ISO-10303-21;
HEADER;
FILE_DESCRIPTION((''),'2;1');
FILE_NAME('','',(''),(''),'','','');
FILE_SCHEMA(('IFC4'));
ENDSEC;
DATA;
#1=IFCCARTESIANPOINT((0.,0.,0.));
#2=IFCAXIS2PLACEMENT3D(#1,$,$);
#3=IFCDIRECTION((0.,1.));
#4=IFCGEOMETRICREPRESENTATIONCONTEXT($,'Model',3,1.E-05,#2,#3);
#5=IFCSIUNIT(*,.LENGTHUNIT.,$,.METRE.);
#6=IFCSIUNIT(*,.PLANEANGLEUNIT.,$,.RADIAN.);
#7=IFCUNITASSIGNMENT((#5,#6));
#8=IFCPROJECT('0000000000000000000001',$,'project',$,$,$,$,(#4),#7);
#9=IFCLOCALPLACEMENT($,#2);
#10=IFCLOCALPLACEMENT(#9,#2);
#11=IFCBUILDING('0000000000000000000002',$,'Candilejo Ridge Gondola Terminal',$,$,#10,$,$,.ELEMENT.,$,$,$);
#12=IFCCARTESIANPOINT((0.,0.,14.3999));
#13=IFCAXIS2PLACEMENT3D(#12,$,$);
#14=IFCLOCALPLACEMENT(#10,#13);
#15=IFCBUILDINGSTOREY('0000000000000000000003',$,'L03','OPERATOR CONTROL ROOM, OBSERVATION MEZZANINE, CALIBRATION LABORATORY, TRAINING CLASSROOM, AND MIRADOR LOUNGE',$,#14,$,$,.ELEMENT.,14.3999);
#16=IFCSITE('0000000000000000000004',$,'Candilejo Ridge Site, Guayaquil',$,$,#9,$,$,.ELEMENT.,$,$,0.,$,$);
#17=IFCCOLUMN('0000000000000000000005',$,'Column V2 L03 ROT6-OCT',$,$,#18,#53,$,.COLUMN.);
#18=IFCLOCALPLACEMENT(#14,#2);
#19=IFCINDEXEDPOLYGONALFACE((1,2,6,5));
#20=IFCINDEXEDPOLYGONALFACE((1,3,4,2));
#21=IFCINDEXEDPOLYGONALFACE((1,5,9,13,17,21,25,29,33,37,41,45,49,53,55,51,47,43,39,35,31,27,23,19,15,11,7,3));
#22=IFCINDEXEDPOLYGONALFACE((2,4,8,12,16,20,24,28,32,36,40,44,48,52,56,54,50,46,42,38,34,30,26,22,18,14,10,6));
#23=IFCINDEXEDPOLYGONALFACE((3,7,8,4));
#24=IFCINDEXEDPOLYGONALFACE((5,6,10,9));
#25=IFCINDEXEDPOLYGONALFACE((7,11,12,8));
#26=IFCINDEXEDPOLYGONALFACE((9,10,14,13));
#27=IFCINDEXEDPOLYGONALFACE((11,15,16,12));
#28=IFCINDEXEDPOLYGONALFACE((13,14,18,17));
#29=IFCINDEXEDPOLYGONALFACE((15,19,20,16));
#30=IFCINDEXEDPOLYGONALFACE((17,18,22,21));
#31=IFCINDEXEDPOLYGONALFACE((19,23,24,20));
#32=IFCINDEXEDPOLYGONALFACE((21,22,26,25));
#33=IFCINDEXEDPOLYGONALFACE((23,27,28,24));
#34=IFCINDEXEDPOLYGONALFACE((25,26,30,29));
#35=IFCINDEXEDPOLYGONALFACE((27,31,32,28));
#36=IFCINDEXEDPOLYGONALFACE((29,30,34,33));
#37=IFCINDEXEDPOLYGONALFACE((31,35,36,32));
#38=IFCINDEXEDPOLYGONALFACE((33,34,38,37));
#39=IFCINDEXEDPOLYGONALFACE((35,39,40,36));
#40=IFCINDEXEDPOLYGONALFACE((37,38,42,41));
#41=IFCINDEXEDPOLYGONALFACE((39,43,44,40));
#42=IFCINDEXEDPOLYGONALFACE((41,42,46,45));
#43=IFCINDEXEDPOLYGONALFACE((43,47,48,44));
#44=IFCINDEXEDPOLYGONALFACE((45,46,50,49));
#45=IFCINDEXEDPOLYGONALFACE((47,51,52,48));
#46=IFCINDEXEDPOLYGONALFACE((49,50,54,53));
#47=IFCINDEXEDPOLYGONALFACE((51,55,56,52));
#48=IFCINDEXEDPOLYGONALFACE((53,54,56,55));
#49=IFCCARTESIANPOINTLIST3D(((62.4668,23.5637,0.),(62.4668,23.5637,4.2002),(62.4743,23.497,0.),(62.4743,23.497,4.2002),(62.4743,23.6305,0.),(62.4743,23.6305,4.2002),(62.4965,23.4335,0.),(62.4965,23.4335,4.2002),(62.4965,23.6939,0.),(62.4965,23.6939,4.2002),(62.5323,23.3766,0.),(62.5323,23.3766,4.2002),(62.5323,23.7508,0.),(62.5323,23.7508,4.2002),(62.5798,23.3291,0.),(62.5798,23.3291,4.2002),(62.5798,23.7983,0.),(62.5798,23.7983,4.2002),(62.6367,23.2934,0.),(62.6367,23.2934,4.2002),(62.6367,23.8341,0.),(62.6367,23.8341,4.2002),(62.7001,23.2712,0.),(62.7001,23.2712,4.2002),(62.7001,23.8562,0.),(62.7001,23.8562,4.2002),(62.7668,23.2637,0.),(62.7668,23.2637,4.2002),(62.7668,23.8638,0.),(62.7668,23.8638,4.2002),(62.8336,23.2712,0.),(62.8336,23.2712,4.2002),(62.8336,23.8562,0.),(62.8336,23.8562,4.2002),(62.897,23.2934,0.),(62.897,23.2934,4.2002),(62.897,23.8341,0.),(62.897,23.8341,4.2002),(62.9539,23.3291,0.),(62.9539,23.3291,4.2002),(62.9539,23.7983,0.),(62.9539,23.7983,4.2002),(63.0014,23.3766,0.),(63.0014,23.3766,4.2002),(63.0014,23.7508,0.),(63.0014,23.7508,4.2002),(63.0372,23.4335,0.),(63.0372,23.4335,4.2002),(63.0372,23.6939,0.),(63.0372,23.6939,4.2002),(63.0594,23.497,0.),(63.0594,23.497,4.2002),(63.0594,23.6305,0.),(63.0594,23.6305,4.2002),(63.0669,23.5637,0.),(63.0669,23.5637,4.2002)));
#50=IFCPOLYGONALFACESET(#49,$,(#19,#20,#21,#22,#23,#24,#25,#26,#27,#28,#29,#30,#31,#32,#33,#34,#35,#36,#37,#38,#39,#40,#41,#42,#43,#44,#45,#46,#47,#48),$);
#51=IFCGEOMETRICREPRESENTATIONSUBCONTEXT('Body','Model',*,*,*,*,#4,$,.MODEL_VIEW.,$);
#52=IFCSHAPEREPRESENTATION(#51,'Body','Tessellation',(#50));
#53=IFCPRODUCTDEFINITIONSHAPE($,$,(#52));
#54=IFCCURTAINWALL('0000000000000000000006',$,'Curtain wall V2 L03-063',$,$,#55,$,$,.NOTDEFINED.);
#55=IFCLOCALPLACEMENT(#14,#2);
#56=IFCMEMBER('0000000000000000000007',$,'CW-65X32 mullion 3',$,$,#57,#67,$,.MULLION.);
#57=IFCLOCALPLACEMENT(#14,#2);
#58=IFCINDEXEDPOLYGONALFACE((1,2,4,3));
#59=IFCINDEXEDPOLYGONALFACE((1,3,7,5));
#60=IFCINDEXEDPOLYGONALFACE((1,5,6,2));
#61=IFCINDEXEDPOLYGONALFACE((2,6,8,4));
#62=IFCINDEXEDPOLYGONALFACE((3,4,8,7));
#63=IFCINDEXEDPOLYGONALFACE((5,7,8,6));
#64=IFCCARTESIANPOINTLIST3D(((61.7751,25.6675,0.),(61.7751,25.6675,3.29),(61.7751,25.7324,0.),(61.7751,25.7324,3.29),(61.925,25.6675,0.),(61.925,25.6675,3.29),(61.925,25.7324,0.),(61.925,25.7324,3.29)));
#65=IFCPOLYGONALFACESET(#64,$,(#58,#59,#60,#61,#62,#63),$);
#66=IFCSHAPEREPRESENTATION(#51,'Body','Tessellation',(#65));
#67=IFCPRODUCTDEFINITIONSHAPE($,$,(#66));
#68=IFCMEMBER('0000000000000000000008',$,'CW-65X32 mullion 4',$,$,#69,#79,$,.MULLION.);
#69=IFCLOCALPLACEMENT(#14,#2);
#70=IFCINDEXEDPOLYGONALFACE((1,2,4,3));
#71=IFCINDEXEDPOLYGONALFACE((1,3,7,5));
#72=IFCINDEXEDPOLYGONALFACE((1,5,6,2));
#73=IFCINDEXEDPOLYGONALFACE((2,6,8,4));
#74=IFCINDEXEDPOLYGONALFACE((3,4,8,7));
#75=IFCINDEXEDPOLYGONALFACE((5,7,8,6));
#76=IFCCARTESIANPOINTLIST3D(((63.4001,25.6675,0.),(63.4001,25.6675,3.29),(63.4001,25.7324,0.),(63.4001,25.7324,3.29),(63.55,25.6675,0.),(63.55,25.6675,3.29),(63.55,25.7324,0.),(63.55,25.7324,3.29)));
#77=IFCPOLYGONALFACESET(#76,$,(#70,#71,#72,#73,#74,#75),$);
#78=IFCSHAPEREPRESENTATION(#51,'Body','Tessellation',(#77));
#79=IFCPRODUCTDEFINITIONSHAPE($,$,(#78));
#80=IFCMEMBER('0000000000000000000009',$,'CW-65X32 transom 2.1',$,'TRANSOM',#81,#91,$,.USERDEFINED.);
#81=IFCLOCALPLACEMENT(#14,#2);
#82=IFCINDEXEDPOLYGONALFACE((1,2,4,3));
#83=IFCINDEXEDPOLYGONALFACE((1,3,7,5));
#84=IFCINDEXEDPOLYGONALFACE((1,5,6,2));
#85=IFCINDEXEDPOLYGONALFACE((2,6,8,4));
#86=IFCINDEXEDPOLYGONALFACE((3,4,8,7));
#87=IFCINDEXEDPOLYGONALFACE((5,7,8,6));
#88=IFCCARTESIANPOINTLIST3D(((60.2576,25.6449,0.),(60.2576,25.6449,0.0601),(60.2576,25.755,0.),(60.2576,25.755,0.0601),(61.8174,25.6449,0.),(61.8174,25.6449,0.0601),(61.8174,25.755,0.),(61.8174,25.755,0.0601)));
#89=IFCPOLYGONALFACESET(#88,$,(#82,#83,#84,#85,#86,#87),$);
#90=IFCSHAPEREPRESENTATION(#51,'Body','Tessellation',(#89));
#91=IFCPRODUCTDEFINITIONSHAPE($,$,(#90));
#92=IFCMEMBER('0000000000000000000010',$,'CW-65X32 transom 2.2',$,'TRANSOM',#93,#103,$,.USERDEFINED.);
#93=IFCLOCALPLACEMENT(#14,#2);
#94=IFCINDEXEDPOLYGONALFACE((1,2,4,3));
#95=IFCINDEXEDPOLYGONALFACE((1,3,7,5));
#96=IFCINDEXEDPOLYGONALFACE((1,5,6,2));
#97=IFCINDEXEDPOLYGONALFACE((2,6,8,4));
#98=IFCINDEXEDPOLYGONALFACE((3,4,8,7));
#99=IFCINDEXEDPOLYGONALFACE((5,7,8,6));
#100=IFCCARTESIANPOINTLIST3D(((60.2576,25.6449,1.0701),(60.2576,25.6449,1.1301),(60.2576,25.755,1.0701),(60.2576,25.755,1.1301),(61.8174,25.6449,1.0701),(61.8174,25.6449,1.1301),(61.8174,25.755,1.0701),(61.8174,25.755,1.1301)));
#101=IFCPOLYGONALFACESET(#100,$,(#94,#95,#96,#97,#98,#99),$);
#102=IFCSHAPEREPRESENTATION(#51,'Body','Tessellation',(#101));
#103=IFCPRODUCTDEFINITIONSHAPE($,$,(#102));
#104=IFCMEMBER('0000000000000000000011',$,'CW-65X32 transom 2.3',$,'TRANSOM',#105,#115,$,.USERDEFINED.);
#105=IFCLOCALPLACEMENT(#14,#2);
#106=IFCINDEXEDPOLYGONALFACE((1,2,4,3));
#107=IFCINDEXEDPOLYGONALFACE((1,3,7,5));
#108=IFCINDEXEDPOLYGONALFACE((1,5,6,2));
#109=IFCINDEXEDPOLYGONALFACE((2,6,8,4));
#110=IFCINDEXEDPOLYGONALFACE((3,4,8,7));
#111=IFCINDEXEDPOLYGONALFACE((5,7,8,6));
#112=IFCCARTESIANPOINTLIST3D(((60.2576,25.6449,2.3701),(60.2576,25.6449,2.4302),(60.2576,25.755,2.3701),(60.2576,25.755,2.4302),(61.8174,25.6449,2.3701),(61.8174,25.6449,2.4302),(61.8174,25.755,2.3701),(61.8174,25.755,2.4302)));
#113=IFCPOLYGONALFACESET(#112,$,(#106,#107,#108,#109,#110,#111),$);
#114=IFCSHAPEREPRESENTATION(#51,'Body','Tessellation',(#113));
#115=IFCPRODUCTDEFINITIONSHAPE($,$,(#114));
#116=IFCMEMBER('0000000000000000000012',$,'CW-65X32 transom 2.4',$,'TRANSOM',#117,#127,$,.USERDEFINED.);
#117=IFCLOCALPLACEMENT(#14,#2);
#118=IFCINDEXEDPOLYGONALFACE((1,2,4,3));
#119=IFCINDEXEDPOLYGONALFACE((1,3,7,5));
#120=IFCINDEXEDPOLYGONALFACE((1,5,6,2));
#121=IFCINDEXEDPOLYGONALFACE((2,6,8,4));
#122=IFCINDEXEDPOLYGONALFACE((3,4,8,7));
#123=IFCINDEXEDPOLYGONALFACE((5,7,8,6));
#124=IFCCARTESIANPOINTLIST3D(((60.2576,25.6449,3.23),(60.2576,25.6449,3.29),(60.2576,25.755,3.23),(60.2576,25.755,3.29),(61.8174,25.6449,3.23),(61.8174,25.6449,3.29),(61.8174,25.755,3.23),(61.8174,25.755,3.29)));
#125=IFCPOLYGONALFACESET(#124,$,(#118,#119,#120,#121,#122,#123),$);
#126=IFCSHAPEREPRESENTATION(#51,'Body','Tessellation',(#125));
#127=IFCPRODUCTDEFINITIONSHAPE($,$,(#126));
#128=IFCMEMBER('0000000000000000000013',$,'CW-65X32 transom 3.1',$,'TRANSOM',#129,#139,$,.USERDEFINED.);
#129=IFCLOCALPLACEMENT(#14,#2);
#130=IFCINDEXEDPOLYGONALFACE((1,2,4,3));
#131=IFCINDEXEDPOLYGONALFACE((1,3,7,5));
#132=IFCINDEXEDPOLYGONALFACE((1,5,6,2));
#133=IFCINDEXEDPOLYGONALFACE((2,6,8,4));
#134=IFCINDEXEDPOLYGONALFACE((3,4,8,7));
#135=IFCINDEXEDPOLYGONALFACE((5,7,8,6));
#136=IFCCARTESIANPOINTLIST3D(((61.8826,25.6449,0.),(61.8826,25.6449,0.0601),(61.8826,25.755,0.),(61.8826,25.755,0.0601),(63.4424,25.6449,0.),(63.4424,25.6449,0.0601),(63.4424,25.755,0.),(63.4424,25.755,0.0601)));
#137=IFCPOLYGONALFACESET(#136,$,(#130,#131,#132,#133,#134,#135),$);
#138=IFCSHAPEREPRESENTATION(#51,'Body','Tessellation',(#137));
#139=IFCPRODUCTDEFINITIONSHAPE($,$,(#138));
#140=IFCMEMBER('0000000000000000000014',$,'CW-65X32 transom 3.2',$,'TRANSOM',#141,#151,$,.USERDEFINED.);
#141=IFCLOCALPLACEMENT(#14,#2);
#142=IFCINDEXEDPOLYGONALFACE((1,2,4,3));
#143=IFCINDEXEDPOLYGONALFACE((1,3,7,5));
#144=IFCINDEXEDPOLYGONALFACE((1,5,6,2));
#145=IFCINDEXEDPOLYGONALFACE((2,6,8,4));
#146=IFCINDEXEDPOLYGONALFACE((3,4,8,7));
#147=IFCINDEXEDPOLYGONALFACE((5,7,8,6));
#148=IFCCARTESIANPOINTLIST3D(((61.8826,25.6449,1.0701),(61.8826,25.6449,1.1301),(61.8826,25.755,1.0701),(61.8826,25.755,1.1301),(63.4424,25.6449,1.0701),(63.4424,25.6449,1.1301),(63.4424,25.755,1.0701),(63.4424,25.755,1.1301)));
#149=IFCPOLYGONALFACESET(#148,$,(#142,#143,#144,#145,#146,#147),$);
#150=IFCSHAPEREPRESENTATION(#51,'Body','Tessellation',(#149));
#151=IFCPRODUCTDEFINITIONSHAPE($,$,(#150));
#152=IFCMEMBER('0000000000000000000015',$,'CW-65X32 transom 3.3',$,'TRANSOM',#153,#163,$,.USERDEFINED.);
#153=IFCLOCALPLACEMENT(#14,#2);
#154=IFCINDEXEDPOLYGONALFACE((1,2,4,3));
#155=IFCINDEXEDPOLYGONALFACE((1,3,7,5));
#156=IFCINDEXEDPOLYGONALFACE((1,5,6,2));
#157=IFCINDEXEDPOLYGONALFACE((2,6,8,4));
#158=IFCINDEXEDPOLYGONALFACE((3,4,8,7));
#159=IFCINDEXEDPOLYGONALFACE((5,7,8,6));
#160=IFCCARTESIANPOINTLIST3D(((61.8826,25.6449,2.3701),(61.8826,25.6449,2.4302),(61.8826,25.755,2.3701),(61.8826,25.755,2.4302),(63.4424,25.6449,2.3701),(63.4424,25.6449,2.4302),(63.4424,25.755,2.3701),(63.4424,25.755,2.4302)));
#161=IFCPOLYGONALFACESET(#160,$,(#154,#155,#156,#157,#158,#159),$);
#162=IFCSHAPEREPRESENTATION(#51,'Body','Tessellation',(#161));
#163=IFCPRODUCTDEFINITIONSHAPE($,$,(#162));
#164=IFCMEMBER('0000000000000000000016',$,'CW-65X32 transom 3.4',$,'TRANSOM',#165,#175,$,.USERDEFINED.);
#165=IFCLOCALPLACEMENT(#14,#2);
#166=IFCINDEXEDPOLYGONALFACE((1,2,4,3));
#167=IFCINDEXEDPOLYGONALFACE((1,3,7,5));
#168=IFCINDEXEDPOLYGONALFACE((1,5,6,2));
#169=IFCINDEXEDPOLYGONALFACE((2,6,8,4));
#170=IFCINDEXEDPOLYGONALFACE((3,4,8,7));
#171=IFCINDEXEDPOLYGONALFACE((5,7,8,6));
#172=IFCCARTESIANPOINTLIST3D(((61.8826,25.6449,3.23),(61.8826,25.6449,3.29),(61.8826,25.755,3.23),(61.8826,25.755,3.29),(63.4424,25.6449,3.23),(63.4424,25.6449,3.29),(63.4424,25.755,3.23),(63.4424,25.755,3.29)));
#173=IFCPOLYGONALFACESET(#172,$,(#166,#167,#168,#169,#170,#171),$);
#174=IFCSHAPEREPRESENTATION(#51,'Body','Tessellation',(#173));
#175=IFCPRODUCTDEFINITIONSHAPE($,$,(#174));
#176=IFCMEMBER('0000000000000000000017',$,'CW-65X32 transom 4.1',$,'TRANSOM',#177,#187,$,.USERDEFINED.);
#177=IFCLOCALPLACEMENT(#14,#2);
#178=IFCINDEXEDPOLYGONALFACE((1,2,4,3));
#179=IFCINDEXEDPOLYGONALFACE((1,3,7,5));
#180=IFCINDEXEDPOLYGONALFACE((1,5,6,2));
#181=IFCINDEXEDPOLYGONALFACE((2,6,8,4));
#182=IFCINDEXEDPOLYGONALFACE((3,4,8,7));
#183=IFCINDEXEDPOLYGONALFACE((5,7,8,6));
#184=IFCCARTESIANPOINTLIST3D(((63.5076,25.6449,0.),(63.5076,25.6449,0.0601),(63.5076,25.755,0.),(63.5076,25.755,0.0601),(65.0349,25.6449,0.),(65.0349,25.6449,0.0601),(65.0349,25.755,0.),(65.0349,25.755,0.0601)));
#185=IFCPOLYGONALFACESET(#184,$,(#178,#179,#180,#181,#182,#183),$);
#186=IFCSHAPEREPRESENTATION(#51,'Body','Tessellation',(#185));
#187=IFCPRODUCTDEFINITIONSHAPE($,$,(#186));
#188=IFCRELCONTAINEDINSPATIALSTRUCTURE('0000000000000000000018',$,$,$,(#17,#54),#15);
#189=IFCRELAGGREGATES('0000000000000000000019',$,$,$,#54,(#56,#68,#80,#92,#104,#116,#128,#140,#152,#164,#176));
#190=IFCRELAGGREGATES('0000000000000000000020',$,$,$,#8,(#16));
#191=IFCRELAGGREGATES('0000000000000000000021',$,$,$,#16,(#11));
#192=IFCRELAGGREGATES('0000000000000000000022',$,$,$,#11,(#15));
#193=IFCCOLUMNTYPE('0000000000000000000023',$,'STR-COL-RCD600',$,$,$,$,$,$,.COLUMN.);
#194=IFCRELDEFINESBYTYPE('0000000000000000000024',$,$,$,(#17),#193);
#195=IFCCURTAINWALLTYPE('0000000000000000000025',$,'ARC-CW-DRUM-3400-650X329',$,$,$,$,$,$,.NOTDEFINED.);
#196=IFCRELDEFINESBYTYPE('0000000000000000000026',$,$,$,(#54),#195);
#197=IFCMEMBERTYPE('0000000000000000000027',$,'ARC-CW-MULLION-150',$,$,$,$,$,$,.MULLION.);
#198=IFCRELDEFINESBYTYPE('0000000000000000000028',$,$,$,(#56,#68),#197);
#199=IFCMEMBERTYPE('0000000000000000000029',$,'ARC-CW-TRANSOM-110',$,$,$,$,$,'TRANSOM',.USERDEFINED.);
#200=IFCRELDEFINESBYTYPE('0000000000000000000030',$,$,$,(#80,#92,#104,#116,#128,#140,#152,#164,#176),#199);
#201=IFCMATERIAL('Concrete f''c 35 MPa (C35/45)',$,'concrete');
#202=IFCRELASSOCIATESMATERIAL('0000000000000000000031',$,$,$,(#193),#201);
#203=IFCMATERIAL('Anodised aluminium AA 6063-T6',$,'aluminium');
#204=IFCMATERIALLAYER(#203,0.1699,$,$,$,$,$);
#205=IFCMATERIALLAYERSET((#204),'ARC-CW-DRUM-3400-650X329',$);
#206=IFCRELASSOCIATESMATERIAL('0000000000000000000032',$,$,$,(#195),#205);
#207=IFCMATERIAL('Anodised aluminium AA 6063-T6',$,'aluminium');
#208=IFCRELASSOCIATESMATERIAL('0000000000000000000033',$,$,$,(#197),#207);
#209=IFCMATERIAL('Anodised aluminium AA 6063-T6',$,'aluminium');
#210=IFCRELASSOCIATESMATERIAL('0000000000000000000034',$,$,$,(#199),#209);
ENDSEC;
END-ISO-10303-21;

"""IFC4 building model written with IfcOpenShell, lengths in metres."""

from ifc_helpers import new_model, si_unit, direction, frame, origin, origin_2d, place, context, subcontext, project, spatial, rectangle, circle, extrude, material, layer, layer_set, material_profile, profile_set, type_object, element, aggregate, save


model = new_model("IFC4")

# Units and contexts
model_context = context("Model", 3, precision=1e-05, world=origin(), true_north=direction((0.0, 1.0)))
body_context = subcontext(model_context, "Body", "Model", "MODEL_VIEW")
ifc_project = project(units=[si_unit("LENGTHUNIT", "METRE"), si_unit("PLANEANGLEUNIT", "RADIAN")], contexts=[model_context])

# Site, building, storey
site_placement = place(None, origin())
site = spatial("IfcSite", under=ifc_project, at=site_placement, Name="Candilejo Ridge Site, Guayaquil", CompositionType="ELEMENT", RefElevation=0.0)
building_placement = place(site_placement, origin())
building = spatial("IfcBuilding", under=site, at=building_placement, Name="Candilejo Ridge Gondola Terminal", CompositionType="ELEMENT")
storey_placement = place(building_placement, frame((0.0, 0.0, 14.3999)))
storey = spatial("IfcBuildingStorey", under=building, at=storey_placement, Name="L03", Description="OPERATOR CONTROL ROOM, OBSERVATION MEZZANINE, CALIBRATION LABORATORY, TRAINING CLASSROOM, AND MIRADOR LOUNGE", CompositionType="ELEMENT", Elevation=14.3999)

# Column
ifc_material_1 = material(Name="Concrete f'c 35 MPa (C35/45)", Category="concrete")
ifc_material_profile_1 = material_profile(ifc_material_1, circle(Radius=0.3, at=origin_2d()))
ifc_profile_set_1 = profile_set([ifc_material_profile_1], Name="Concrete f'c 35 MPa (C35/45)")
column_type = type_object("IfcColumnType", Name="STR-COL-RCD600", PredefinedType="COLUMN", material=ifc_profile_set_1)
column_placement = place(storey_placement, frame((62.7668, 23.5637, 0.0), z_axis=(0.0, 0.0, 1.0), x_axis=(1.0, 0.0, 0.0)))
element("IfcColumn", 1, at=column_placement, inside=storey, type_object=column_type, Name="Column V2 L03 ROT6-OCT", PredefinedType="COLUMN", context=body_context, shape_type="SweptSolid", body=[
    extrude(circle(Radius=0.3, at=origin_2d()), origin(), (0.0, 0.0, 1.0), 4.2002),
])

# Curtain wall, members
ifc_material_2 = material(Name="Anodised aluminium AA 6063-T6", Category="aluminium")
ifc_layer_1 = layer(ifc_material_2, 0.1699)
ifc_layer_set_1 = layer_set([ifc_layer_1], Name="ARC-CW-DRUM-3400-650X329")
curtain_wall_type = type_object("IfcCurtainWallType", Name="ARC-CW-DRUM-3400-650X329", PredefinedType="NOTDEFINED", material=ifc_layer_set_1)
curtain_wall_placement = place(storey_placement, origin())
curtain_wall = element("IfcCurtainWall", 2, at=curtain_wall_placement, inside=storey, type_object=curtain_wall_type, Name="Curtain wall V2 L03-063", PredefinedType="NOTDEFINED")
ifc_material_3 = material(Name="Anodised aluminium AA 6063-T6", Category="aluminium")
ifc_material_profile_2 = material_profile(ifc_material_3, rectangle(XDim=0.0649, YDim=0.1499, at=origin_2d()))
ifc_profile_set_2 = profile_set([ifc_material_profile_2], Name="Anodised aluminium AA 6063-T6")
member_type_1 = type_object("IfcMemberType", Name="ARC-CW-MULLION-150", PredefinedType="MULLION", material=ifc_profile_set_2)
member_1_placement = place(storey_placement, frame((61.8501, 25.7, 0.0), z_axis=(0.0, 0.0, 1.0), x_axis=(0.0, 1.0, 0.0)))
member_1 = element("IfcMember", 3, at=member_1_placement, type_object=member_type_1, Name="CW-65X32 mullion 3", PredefinedType="MULLION", context=body_context, shape_type="SweptSolid", body=[
    extrude(rectangle(XDim=0.0649, YDim=0.1499, at=origin_2d()), origin(), (0.0, 0.0, 1.0), 3.29),
])
member_2_placement = place(storey_placement, frame((63.4751, 25.7, 0.0), z_axis=(0.0, 0.0, 1.0), x_axis=(0.0, 1.0, 0.0)))
member_2 = element("IfcMember", 4, at=member_2_placement, type_object=member_type_1, Name="CW-65X32 mullion 4", PredefinedType="MULLION", context=body_context, shape_type="SweptSolid", body=[
    extrude(rectangle(XDim=0.0649, YDim=0.1499, at=origin_2d()), origin(), (0.0, 0.0, 1.0), 3.29),
])
ifc_material_4 = material(Name="Anodised aluminium AA 6063-T6", Category="aluminium")
ifc_material_profile_3 = material_profile(ifc_material_4, rectangle(XDim=0.1101, YDim=0.0601, at=origin_2d()))
ifc_profile_set_3 = profile_set([ifc_material_profile_3], Name="Anodised aluminium AA 6063-T6")
member_type_2 = type_object("IfcMemberType", Name="ARC-CW-TRANSOM-110", ElementType="TRANSOM", PredefinedType="USERDEFINED", material=ifc_profile_set_3)
member_3_placement = place(storey_placement, frame((60.2576, 25.7, 0.03), z_axis=(1.0, 0.0, 0.0), x_axis=(0.0, 1.0, 0.0)))
member_3 = element("IfcMember", 5, at=member_3_placement, type_object=member_type_2, Name="CW-65X32 transom 2.1", ObjectType="TRANSOM", PredefinedType="USERDEFINED", context=body_context, shape_type="SweptSolid", body=[
    extrude(rectangle(XDim=0.1101, YDim=0.0601, at=origin_2d()), origin(), (0.0, 0.0, 1.0), 1.5598),
])
member_4_placement = place(storey_placement, frame((60.2576, 25.7, 1.1001), z_axis=(1.0, 0.0, 0.0), x_axis=(0.0, 1.0, 0.0)))
member_4 = element("IfcMember", 6, at=member_4_placement, type_object=member_type_2, Name="CW-65X32 transom 2.2", ObjectType="TRANSOM", PredefinedType="USERDEFINED", context=body_context, shape_type="SweptSolid", body=[
    extrude(rectangle(XDim=0.1101, YDim=0.0601, at=origin_2d()), origin(), (0.0, 0.0, 1.0), 1.5598),
])
member_5_placement = place(storey_placement, frame((60.2576, 25.7, 2.4001), z_axis=(1.0, 0.0, 0.0), x_axis=(0.0, 1.0, 0.0)))
member_5 = element("IfcMember", 7, at=member_5_placement, type_object=member_type_2, Name="CW-65X32 transom 2.3", ObjectType="TRANSOM", PredefinedType="USERDEFINED", context=body_context, shape_type="SweptSolid", body=[
    extrude(rectangle(XDim=0.1101, YDim=0.0601, at=origin_2d()), origin(), (0.0, 0.0, 1.0), 1.5598),
])
member_6_placement = place(storey_placement, frame((60.2576, 25.7, 3.26), z_axis=(1.0, 0.0, 0.0), x_axis=(0.0, 1.0, 0.0)))
member_6 = element("IfcMember", 8, at=member_6_placement, type_object=member_type_2, Name="CW-65X32 transom 2.4", ObjectType="TRANSOM", PredefinedType="USERDEFINED", context=body_context, shape_type="SweptSolid", body=[
    extrude(rectangle(XDim=0.1101, YDim=0.0601, at=origin_2d()), origin(), (0.0, 0.0, 1.0), 1.5598),
])
member_7_placement = place(storey_placement, frame((61.8826, 25.7, 0.03), z_axis=(1.0, 0.0, 0.0), x_axis=(0.0, 1.0, 0.0)))
member_7 = element("IfcMember", 9, at=member_7_placement, type_object=member_type_2, Name="CW-65X32 transom 3.1", ObjectType="TRANSOM", PredefinedType="USERDEFINED", context=body_context, shape_type="SweptSolid", body=[
    extrude(rectangle(XDim=0.1101, YDim=0.0601, at=origin_2d()), origin(), (0.0, 0.0, 1.0), 1.5598),
])
member_8_placement = place(storey_placement, frame((61.8826, 25.7, 1.1001), z_axis=(1.0, 0.0, 0.0), x_axis=(0.0, 1.0, 0.0)))
member_8 = element("IfcMember", 10, at=member_8_placement, type_object=member_type_2, Name="CW-65X32 transom 3.2", ObjectType="TRANSOM", PredefinedType="USERDEFINED", context=body_context, shape_type="SweptSolid", body=[
    extrude(rectangle(XDim=0.1101, YDim=0.0601, at=origin_2d()), origin(), (0.0, 0.0, 1.0), 1.5598),
])
member_9_placement = place(storey_placement, frame((61.8826, 25.7, 2.4001), z_axis=(1.0, 0.0, 0.0), x_axis=(0.0, 1.0, 0.0)))
member_9 = element("IfcMember", 11, at=member_9_placement, type_object=member_type_2, Name="CW-65X32 transom 3.3", ObjectType="TRANSOM", PredefinedType="USERDEFINED", context=body_context, shape_type="SweptSolid", body=[
    extrude(rectangle(XDim=0.1101, YDim=0.0601, at=origin_2d()), origin(), (0.0, 0.0, 1.0), 1.5598),
])
member_10_placement = place(storey_placement, frame((61.8826, 25.7, 3.26), z_axis=(1.0, 0.0, 0.0), x_axis=(0.0, 1.0, 0.0)))
member_10 = element("IfcMember", 12, at=member_10_placement, type_object=member_type_2, Name="CW-65X32 transom 3.4", ObjectType="TRANSOM", PredefinedType="USERDEFINED", context=body_context, shape_type="SweptSolid", body=[
    extrude(rectangle(XDim=0.1101, YDim=0.0601, at=origin_2d()), origin(), (0.0, 0.0, 1.0), 1.5598),
])
member_11_placement = place(storey_placement, frame((63.5076, 25.7, 0.03), z_axis=(1.0, 0.0, 0.0), x_axis=(0.0, 1.0, 0.0)))
member_11 = element("IfcMember", 13, at=member_11_placement, type_object=member_type_2, Name="CW-65X32 transom 4.1", ObjectType="TRANSOM", PredefinedType="USERDEFINED", context=body_context, shape_type="SweptSolid", body=[
    extrude(rectangle(XDim=0.1101, YDim=0.0601, at=origin_2d()), origin(), (0.0, 0.0, 1.0), 1.5273),
])

aggregate(curtain_wall, [member_1, member_2, member_3, member_4, member_5, member_6, member_7, member_8, member_9, member_10, member_11])

save(model, "model.ifc")
